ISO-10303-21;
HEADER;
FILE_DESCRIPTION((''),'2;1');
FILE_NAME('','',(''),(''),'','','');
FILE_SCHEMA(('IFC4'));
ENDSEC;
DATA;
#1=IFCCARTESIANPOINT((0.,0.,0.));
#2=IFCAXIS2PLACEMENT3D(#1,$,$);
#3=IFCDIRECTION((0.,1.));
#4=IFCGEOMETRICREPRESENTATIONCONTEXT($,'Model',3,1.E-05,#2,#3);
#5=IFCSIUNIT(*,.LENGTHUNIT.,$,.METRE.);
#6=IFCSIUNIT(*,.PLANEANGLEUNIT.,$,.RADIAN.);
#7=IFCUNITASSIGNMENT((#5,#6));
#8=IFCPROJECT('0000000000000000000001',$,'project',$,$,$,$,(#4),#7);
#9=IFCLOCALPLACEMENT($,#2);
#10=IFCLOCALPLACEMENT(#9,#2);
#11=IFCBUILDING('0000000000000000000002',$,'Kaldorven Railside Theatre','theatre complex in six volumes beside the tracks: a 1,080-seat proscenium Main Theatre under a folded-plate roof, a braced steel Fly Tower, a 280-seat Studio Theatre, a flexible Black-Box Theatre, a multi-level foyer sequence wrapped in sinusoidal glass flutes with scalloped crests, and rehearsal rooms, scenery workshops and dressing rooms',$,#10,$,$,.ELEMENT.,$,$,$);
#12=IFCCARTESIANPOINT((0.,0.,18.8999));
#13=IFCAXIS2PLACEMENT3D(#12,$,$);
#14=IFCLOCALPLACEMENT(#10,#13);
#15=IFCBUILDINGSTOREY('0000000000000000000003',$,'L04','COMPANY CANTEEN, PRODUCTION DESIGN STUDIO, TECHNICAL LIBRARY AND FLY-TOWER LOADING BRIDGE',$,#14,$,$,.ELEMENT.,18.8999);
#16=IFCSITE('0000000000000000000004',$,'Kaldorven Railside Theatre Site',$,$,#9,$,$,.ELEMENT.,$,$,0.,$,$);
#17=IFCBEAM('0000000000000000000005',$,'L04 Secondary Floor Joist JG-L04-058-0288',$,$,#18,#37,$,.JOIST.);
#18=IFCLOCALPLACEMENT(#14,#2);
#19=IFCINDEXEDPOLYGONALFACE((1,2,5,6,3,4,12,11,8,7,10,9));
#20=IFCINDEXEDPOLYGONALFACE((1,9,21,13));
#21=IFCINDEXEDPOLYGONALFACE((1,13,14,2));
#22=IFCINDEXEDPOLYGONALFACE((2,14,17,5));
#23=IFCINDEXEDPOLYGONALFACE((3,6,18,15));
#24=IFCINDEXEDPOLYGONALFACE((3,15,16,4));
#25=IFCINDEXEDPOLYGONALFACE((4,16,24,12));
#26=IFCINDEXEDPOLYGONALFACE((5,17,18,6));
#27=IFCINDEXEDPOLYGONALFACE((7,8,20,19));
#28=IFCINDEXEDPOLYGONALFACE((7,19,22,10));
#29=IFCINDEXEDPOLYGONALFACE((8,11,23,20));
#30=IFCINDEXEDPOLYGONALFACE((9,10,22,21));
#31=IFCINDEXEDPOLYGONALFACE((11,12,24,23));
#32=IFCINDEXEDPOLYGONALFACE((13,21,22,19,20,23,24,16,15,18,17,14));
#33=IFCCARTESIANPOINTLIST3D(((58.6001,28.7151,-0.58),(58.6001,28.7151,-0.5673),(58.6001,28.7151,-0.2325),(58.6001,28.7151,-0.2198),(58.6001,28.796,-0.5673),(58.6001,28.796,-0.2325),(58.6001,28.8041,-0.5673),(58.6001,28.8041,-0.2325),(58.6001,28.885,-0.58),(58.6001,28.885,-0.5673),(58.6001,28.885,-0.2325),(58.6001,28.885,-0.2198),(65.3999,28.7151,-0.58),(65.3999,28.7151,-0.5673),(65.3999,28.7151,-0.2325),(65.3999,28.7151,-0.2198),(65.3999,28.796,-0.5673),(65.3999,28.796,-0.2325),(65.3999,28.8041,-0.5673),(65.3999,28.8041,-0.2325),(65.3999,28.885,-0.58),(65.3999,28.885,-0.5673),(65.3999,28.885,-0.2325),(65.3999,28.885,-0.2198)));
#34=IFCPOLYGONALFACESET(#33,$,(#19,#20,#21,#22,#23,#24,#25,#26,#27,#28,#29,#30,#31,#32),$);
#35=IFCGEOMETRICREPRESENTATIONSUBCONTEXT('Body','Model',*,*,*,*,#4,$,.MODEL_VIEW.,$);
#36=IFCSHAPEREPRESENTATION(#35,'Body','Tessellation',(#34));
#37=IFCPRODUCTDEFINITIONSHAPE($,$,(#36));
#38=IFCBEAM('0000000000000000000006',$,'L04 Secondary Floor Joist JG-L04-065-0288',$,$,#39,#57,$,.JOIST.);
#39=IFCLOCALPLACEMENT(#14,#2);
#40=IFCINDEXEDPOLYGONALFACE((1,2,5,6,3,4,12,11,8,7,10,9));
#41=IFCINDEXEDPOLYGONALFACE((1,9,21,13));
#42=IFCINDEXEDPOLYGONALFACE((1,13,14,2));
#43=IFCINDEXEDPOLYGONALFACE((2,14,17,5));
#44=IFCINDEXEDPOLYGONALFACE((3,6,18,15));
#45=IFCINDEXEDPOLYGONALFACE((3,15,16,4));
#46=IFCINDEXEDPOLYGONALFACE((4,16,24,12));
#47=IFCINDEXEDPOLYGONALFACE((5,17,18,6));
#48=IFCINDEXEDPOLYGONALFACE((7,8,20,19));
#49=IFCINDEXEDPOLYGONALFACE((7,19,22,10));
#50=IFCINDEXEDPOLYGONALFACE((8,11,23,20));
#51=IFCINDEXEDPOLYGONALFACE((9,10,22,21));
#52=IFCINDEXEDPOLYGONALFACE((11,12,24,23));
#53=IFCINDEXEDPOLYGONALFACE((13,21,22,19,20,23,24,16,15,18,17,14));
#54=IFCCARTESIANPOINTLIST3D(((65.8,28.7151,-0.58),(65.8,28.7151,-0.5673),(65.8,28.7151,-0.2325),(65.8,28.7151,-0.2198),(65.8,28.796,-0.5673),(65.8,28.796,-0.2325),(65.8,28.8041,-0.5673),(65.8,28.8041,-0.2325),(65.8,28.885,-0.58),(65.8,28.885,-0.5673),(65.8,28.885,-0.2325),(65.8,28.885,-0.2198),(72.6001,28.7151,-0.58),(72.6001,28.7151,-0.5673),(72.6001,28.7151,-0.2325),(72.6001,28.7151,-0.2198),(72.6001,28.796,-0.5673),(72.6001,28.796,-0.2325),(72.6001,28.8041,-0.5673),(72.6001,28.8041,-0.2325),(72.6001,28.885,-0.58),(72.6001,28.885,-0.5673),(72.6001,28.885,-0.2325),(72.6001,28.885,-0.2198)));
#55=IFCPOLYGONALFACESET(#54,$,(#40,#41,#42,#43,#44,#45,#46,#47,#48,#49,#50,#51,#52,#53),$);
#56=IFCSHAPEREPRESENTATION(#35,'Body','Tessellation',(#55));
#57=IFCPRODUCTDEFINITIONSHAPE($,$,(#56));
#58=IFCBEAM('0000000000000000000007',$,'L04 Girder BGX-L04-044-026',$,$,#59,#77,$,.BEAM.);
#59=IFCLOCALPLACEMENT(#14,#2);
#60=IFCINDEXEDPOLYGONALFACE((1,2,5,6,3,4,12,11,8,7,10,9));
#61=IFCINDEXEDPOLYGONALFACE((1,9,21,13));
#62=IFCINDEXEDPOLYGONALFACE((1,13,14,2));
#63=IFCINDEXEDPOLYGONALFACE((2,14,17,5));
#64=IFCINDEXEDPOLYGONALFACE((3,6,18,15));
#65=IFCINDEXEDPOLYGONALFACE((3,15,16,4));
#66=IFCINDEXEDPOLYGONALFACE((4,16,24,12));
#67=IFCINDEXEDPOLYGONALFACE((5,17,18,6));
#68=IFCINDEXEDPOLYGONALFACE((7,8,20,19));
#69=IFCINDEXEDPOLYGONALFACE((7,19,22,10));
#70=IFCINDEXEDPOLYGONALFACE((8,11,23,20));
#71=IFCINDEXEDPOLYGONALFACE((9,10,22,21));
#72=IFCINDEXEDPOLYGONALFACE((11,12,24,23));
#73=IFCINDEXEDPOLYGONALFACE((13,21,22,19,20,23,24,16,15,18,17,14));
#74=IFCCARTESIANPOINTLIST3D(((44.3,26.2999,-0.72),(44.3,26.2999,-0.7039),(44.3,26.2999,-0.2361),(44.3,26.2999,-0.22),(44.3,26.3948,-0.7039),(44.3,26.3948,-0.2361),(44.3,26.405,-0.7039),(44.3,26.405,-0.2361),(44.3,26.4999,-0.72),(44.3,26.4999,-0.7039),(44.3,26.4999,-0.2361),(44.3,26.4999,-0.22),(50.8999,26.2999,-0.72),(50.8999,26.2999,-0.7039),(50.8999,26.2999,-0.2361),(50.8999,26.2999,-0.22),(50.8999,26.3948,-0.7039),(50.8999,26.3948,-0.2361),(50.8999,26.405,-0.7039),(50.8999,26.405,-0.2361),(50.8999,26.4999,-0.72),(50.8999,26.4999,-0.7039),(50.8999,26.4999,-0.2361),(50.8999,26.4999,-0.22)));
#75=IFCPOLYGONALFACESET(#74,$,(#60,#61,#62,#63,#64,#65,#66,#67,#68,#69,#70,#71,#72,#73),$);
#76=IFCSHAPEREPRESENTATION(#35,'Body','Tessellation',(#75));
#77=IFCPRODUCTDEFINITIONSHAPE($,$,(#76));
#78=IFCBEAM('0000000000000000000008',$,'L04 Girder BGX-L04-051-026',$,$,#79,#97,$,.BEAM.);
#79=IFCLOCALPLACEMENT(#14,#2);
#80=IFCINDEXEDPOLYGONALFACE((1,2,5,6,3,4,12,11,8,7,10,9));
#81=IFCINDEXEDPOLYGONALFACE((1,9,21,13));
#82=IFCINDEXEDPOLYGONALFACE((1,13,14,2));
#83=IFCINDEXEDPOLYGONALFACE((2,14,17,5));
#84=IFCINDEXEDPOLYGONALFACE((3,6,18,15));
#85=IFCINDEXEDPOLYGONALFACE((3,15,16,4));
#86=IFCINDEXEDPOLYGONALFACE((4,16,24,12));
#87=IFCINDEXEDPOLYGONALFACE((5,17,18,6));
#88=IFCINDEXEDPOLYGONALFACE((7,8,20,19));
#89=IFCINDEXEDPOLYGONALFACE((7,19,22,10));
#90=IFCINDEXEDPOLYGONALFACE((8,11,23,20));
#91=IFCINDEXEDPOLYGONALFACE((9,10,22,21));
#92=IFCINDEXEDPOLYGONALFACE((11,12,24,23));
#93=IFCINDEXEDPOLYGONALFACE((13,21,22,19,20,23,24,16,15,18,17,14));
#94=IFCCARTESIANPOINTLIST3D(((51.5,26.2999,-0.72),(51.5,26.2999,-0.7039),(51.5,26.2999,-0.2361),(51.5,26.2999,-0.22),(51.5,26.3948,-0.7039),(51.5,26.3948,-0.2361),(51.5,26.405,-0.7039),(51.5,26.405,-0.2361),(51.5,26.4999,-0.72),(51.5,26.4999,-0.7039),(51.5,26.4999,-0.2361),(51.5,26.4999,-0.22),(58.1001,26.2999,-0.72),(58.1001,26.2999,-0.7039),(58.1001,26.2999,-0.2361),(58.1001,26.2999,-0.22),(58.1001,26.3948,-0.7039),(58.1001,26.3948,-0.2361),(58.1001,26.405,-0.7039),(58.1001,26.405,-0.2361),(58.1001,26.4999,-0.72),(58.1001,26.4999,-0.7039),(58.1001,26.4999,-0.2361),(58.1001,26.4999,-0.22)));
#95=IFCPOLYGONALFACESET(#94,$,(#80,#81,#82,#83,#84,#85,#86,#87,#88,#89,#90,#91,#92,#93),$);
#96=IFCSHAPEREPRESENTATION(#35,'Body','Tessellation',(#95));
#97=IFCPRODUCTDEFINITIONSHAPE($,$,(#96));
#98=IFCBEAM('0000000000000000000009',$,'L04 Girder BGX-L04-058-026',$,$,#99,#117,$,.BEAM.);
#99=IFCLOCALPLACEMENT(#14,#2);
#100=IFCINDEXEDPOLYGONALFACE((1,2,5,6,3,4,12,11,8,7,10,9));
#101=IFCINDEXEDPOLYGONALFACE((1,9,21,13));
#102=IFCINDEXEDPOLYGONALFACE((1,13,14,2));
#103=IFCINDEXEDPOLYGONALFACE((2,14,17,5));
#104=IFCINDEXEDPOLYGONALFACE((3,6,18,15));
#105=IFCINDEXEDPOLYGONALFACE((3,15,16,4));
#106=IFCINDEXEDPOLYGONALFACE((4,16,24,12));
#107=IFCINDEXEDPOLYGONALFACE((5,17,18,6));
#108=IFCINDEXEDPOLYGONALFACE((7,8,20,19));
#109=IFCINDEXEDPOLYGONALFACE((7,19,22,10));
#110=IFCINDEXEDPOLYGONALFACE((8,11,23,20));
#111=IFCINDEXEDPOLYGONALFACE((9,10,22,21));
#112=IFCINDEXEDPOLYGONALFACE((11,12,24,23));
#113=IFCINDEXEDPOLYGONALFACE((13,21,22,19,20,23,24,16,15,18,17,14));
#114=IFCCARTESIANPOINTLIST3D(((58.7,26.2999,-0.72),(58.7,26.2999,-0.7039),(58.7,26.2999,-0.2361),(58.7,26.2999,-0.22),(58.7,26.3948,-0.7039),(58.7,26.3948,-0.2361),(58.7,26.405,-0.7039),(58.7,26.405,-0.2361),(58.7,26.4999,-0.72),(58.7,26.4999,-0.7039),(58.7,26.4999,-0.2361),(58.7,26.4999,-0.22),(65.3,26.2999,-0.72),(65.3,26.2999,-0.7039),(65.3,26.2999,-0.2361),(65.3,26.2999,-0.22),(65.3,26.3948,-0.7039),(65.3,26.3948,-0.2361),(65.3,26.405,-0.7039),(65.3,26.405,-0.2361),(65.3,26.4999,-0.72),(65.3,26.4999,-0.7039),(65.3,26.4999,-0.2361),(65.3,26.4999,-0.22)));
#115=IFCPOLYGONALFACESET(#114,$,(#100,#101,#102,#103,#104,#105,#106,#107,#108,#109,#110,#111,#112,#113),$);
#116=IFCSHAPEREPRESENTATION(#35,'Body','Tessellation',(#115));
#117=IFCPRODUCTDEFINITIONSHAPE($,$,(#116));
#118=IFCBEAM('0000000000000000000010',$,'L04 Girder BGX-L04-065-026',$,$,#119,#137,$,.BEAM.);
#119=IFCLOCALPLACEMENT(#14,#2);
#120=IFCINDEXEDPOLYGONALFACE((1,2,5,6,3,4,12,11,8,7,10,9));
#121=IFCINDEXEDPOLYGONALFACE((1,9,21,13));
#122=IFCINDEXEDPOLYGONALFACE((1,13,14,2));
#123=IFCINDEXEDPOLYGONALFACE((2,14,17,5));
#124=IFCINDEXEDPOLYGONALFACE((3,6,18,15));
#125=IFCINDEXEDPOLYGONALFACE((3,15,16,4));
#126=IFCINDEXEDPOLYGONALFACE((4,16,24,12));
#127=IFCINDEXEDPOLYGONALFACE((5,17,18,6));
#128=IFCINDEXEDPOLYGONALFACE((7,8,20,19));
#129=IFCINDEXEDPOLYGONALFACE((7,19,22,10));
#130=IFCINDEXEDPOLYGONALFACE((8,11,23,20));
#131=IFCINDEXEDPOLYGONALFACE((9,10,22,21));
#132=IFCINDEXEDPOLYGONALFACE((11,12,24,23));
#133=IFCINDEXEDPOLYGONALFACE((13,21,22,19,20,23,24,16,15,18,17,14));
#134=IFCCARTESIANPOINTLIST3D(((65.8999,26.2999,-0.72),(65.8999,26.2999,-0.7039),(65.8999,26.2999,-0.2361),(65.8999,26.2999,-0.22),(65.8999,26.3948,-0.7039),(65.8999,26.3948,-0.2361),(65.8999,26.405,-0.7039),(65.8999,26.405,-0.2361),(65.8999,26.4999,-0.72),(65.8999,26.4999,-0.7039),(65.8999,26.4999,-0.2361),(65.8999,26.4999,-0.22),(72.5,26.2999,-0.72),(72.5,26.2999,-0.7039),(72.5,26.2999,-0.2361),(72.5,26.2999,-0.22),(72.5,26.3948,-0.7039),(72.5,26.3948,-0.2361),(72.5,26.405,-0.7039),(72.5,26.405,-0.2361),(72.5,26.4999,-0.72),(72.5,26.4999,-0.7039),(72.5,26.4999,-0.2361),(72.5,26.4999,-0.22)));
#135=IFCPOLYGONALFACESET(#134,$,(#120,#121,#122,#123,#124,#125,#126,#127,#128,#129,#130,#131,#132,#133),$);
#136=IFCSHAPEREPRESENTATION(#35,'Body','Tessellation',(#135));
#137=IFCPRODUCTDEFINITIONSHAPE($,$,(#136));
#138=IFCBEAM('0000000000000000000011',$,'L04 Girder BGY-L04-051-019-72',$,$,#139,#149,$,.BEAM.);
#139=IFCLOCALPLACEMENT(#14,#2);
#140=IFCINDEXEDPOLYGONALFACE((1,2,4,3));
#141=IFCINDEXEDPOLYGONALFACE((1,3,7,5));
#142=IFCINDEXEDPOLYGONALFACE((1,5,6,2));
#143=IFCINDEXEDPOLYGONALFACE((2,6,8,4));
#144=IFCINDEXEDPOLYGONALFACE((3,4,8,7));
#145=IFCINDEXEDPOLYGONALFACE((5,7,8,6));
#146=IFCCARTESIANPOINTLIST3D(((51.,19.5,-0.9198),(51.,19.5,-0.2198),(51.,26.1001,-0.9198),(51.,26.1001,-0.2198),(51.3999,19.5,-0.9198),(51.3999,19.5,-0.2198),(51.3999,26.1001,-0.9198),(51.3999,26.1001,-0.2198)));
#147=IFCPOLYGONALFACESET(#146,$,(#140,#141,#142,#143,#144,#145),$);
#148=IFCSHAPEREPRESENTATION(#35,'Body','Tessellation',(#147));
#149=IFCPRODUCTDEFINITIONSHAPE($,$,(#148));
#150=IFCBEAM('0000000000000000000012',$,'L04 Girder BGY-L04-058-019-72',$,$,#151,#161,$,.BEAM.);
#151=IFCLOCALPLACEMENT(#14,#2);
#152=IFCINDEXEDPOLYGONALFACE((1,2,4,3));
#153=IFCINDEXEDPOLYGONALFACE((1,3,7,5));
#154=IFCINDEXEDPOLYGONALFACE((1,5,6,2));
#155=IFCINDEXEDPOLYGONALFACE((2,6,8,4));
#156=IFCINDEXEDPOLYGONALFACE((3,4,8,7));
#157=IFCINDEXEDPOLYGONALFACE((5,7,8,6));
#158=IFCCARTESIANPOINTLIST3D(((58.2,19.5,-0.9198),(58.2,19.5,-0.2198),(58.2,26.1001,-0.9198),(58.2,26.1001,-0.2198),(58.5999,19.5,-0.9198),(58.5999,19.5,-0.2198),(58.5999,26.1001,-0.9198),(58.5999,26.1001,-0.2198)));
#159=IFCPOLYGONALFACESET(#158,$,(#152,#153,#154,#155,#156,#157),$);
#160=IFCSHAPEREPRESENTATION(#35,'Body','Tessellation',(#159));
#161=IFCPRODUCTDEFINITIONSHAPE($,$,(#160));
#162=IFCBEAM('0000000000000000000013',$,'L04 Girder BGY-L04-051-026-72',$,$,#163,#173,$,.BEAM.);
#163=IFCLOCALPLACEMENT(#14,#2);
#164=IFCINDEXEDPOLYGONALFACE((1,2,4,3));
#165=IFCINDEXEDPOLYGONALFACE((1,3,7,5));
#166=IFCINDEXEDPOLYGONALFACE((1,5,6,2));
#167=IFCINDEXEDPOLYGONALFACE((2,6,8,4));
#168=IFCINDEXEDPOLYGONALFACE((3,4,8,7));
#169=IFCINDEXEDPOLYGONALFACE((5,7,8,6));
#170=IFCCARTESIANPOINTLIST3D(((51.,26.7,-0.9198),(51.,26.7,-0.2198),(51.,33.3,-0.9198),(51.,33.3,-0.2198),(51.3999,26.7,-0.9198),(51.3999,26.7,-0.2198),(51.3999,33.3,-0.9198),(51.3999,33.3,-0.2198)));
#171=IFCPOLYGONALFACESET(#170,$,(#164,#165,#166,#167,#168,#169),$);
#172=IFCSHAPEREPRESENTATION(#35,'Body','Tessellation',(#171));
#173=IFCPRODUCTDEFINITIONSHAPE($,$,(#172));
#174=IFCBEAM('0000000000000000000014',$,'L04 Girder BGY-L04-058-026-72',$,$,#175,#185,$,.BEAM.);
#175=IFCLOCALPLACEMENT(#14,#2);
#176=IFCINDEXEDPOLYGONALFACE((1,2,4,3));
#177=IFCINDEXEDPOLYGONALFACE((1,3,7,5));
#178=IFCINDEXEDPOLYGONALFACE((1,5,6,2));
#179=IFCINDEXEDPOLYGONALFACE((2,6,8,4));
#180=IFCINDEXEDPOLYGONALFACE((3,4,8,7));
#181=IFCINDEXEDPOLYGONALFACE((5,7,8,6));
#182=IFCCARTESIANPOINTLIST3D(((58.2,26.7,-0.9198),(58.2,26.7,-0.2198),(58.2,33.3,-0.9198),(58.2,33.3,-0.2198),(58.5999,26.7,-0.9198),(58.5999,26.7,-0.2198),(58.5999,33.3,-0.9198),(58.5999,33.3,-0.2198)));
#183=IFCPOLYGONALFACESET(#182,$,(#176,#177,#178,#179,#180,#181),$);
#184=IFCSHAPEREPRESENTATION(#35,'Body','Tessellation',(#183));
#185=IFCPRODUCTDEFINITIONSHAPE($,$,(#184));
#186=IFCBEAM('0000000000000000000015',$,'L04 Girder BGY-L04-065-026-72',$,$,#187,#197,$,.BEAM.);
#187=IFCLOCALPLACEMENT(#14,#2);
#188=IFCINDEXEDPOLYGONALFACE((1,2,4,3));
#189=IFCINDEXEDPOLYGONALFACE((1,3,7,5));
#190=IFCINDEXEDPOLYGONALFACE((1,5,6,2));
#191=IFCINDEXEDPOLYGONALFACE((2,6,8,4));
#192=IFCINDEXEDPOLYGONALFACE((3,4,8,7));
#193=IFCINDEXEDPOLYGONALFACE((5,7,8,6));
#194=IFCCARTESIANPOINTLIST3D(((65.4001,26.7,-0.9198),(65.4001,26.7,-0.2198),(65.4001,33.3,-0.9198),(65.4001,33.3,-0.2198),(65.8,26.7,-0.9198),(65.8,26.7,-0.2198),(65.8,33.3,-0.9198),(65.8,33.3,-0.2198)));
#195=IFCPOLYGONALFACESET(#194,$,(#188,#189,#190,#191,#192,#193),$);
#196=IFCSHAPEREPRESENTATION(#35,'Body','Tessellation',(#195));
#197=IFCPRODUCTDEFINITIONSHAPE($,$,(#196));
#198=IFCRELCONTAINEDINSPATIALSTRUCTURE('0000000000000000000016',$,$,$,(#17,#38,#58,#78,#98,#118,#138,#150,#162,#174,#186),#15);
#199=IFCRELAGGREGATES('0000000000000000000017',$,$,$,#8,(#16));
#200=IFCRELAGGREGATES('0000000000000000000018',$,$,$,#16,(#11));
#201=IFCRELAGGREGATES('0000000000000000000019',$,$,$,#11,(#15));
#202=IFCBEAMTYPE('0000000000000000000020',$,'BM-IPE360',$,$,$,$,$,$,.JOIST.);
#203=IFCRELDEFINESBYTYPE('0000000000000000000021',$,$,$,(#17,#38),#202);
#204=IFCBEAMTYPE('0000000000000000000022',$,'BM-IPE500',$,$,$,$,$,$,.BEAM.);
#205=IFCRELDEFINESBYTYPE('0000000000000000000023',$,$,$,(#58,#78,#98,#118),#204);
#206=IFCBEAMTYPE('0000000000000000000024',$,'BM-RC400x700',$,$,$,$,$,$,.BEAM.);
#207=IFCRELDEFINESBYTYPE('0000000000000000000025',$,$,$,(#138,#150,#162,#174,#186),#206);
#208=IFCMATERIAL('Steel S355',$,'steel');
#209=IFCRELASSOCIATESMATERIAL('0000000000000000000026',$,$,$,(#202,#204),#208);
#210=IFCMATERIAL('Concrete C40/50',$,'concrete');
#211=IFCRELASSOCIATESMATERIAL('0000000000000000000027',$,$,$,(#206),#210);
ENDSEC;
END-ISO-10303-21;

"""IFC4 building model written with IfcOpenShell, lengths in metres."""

from ifc_helpers import new_model, si_unit, direction, frame, origin, origin_2d, place, context, subcontext, project, spatial, rectangle, i_section, extrude, material, material_profile, profile_set, type_object, element, save


model = new_model("IFC4")

# Units and contexts
model_context = context("Model", 3, precision=1e-05, world=origin(), true_north=direction((0.0, 1.0)))
body_context = subcontext(model_context, "Body", "Model", "MODEL_VIEW")
ifc_project = project(units=[si_unit("LENGTHUNIT", "METRE"), si_unit("PLANEANGLEUNIT", "RADIAN")], contexts=[model_context])

# Site, building, storey
site_placement = place(None, origin())
site = spatial("IfcSite", under=ifc_project, at=site_placement, Name="Kaldorven Railside Theatre Site", CompositionType="ELEMENT", RefElevation=0.0)
building_placement = place(site_placement, origin())
building = spatial("IfcBuilding", under=site, at=building_placement, Name="Kaldorven Railside Theatre", Description="theatre complex in six volumes beside the tracks: a 1,080-seat proscenium Main Theatre under a folded-plate roof, a braced steel Fly Tower, a 280-seat Studio Theatre, a flexible Black-Box Theatre, a multi-level foyer sequence wrapped in sinusoidal glass flutes with scalloped crests, and rehearsal rooms, scenery workshops and dressing rooms", CompositionType="ELEMENT")
storey_placement = place(building_placement, frame((0.0, 0.0, 18.8999)))
storey = spatial("IfcBuildingStorey", under=building, at=storey_placement, Name="L04", Description="COMPANY CANTEEN, PRODUCTION DESIGN STUDIO, TECHNICAL LIBRARY AND FLY-TOWER LOADING BRIDGE", CompositionType="ELEMENT", Elevation=18.8999)

# Beams
ifc_material_1 = material(Name="Steel S355", Category="steel")
ifc_material_profile_1 = material_profile(ifc_material_1, i_section(OverallWidth=0.1699, OverallDepth=0.3601, WebThickness=0.0081, FlangeThickness=0.0127, at=origin_2d()), Name="IPE 360")
ifc_profile_set_1 = profile_set([ifc_material_profile_1], Name="Steel S355")
beam_type_1 = type_object("IfcBeamType", Name="BM-IPE360", PredefinedType="JOIST", material=ifc_profile_set_1)
beam_1_placement = place(storey_placement, frame((58.6001, 28.8, -0.3999), z_axis=(1.0, 0.0, 0.0), x_axis=(0.0, 1.0, 0.0)))
element("IfcBeam", 1, at=beam_1_placement, inside=storey, type_object=beam_type_1, Name="L04 Secondary Floor Joist JG-L04-058-0288", PredefinedType="JOIST", context=body_context, shape_type="SweptSolid", body=[
    extrude(i_section(OverallWidth=0.1699, OverallDepth=0.3601, WebThickness=0.0081, FlangeThickness=0.0127, at=origin_2d()), origin(), (0.0, 0.0, 1.0), 6.7998),
])
beam_2_placement = place(storey_placement, frame((65.8, 28.8, -0.3999), z_axis=(1.0, 0.0, 0.0), x_axis=(0.0, 1.0, 0.0)))
element("IfcBeam", 2, at=beam_2_placement, inside=storey, type_object=beam_type_1, Name="L04 Secondary Floor Joist JG-L04-065-0288", PredefinedType="JOIST", context=body_context, shape_type="SweptSolid", body=[
    extrude(i_section(OverallWidth=0.1699, OverallDepth=0.3601, WebThickness=0.0081, FlangeThickness=0.0127, at=origin_2d()), origin(), (0.0, 0.0, 1.0), 6.8),
])
ifc_material_profile_2 = material_profile(ifc_material_1, i_section(OverallWidth=0.2, OverallDepth=0.5, WebThickness=0.0103, FlangeThickness=0.0161, at=origin_2d()), Name="IPE 500")
ifc_profile_set_2 = profile_set([ifc_material_profile_2], Name="Steel S355")
beam_type_2 = type_object("IfcBeamType", Name="BM-IPE500", PredefinedType="BEAM", material=ifc_profile_set_2)
beam_3_placement = place(storey_placement, frame((44.3, 26.3999, -0.47), z_axis=(1.0, 0.0, 0.0), x_axis=(0.0, 1.0, 0.0)))
element("IfcBeam", 3, at=beam_3_placement, inside=storey, type_object=beam_type_2, Name="L04 Girder BGX-L04-044-026", PredefinedType="BEAM", context=body_context, shape_type="SweptSolid", body=[
    extrude(i_section(OverallWidth=0.2, OverallDepth=0.5, WebThickness=0.0103, FlangeThickness=0.0161, at=origin_2d()), origin(), (0.0, 0.0, 1.0), 6.5999),
])
for number, where, z_axis, x_axis, name in (
    (4, (51.5, 26.3999, -0.47), (1.0, 0.0, 0.0), (0.0, 1.0, 0.0), "L04 Girder BGX-L04-051-026"),
    (5, (58.7, 26.3999, -0.47), (1.0, 0.0, 0.0), (0.0, 1.0, 0.0), "L04 Girder BGX-L04-058-026"),
    (6, (65.8999, 26.3999, -0.47), (1.0, 0.0, 0.0), (0.0, 1.0, 0.0), "L04 Girder BGX-L04-065-026"),
):
    element("IfcBeam", number, at=place(storey_placement, frame(where, z_axis=z_axis, x_axis=x_axis)), inside=storey, type_object=beam_type_2, Name=name, PredefinedType="BEAM", context=body_context, shape_type="SweptSolid", body=[
        extrude(i_section(OverallWidth=0.2, OverallDepth=0.5, WebThickness=0.0103, FlangeThickness=0.0161, at=origin_2d()), origin(), (0.0, 0.0, 1.0), 6.6001),
    ])
ifc_material_2 = material(Name="Concrete C40/50", Category="concrete")
ifc_material_profile_3 = material_profile(ifc_material_2, rectangle(XDim=0.3999, YDim=0.7, at=origin_2d()), Name="RC 400x700")
ifc_profile_set_3 = profile_set([ifc_material_profile_3], Name="Concrete C40/50")
beam_type_3 = type_object("IfcBeamType", Name="BM-RC400x700", PredefinedType="BEAM", material=ifc_profile_set_3)
for number, where, z_axis, x_axis, name in (
    (7, (51.2, 19.5, -0.5698), (0.0, 1.0, 0.0), (-1.0, 0.0, 0.0), "L04 Girder BGY-L04-051-019-72"),
    (8, (58.3999, 19.5, -0.5698), (0.0, 1.0, 0.0), (-1.0, 0.0, 0.0), "L04 Girder BGY-L04-058-019-72"),
    (9, (51.2, 26.7, -0.5698), (0.0, 1.0, 0.0), (-1.0, 0.0, 0.0), "L04 Girder BGY-L04-051-026-72"),
    (10, (58.3999, 26.7, -0.5698), (0.0, 1.0, 0.0), (-1.0, 0.0, 0.0), "L04 Girder BGY-L04-058-026-72"),
    (11, (65.6001, 26.7, -0.5698), (0.0, 1.0, 0.0), (-1.0, 0.0, 0.0), "L04 Girder BGY-L04-065-026-72"),
):
    element("IfcBeam", number, at=place(storey_placement, frame(where, z_axis=z_axis, x_axis=x_axis)), inside=storey, type_object=beam_type_3, Name=name, PredefinedType="BEAM", context=body_context, shape_type="SweptSolid", body=[
        extrude(rectangle(XDim=0.3999, YDim=0.7, at=origin_2d()), origin(), (0.0, 0.0, 1.0), 6.6001),
    ])

save(model, "model.ifc")
